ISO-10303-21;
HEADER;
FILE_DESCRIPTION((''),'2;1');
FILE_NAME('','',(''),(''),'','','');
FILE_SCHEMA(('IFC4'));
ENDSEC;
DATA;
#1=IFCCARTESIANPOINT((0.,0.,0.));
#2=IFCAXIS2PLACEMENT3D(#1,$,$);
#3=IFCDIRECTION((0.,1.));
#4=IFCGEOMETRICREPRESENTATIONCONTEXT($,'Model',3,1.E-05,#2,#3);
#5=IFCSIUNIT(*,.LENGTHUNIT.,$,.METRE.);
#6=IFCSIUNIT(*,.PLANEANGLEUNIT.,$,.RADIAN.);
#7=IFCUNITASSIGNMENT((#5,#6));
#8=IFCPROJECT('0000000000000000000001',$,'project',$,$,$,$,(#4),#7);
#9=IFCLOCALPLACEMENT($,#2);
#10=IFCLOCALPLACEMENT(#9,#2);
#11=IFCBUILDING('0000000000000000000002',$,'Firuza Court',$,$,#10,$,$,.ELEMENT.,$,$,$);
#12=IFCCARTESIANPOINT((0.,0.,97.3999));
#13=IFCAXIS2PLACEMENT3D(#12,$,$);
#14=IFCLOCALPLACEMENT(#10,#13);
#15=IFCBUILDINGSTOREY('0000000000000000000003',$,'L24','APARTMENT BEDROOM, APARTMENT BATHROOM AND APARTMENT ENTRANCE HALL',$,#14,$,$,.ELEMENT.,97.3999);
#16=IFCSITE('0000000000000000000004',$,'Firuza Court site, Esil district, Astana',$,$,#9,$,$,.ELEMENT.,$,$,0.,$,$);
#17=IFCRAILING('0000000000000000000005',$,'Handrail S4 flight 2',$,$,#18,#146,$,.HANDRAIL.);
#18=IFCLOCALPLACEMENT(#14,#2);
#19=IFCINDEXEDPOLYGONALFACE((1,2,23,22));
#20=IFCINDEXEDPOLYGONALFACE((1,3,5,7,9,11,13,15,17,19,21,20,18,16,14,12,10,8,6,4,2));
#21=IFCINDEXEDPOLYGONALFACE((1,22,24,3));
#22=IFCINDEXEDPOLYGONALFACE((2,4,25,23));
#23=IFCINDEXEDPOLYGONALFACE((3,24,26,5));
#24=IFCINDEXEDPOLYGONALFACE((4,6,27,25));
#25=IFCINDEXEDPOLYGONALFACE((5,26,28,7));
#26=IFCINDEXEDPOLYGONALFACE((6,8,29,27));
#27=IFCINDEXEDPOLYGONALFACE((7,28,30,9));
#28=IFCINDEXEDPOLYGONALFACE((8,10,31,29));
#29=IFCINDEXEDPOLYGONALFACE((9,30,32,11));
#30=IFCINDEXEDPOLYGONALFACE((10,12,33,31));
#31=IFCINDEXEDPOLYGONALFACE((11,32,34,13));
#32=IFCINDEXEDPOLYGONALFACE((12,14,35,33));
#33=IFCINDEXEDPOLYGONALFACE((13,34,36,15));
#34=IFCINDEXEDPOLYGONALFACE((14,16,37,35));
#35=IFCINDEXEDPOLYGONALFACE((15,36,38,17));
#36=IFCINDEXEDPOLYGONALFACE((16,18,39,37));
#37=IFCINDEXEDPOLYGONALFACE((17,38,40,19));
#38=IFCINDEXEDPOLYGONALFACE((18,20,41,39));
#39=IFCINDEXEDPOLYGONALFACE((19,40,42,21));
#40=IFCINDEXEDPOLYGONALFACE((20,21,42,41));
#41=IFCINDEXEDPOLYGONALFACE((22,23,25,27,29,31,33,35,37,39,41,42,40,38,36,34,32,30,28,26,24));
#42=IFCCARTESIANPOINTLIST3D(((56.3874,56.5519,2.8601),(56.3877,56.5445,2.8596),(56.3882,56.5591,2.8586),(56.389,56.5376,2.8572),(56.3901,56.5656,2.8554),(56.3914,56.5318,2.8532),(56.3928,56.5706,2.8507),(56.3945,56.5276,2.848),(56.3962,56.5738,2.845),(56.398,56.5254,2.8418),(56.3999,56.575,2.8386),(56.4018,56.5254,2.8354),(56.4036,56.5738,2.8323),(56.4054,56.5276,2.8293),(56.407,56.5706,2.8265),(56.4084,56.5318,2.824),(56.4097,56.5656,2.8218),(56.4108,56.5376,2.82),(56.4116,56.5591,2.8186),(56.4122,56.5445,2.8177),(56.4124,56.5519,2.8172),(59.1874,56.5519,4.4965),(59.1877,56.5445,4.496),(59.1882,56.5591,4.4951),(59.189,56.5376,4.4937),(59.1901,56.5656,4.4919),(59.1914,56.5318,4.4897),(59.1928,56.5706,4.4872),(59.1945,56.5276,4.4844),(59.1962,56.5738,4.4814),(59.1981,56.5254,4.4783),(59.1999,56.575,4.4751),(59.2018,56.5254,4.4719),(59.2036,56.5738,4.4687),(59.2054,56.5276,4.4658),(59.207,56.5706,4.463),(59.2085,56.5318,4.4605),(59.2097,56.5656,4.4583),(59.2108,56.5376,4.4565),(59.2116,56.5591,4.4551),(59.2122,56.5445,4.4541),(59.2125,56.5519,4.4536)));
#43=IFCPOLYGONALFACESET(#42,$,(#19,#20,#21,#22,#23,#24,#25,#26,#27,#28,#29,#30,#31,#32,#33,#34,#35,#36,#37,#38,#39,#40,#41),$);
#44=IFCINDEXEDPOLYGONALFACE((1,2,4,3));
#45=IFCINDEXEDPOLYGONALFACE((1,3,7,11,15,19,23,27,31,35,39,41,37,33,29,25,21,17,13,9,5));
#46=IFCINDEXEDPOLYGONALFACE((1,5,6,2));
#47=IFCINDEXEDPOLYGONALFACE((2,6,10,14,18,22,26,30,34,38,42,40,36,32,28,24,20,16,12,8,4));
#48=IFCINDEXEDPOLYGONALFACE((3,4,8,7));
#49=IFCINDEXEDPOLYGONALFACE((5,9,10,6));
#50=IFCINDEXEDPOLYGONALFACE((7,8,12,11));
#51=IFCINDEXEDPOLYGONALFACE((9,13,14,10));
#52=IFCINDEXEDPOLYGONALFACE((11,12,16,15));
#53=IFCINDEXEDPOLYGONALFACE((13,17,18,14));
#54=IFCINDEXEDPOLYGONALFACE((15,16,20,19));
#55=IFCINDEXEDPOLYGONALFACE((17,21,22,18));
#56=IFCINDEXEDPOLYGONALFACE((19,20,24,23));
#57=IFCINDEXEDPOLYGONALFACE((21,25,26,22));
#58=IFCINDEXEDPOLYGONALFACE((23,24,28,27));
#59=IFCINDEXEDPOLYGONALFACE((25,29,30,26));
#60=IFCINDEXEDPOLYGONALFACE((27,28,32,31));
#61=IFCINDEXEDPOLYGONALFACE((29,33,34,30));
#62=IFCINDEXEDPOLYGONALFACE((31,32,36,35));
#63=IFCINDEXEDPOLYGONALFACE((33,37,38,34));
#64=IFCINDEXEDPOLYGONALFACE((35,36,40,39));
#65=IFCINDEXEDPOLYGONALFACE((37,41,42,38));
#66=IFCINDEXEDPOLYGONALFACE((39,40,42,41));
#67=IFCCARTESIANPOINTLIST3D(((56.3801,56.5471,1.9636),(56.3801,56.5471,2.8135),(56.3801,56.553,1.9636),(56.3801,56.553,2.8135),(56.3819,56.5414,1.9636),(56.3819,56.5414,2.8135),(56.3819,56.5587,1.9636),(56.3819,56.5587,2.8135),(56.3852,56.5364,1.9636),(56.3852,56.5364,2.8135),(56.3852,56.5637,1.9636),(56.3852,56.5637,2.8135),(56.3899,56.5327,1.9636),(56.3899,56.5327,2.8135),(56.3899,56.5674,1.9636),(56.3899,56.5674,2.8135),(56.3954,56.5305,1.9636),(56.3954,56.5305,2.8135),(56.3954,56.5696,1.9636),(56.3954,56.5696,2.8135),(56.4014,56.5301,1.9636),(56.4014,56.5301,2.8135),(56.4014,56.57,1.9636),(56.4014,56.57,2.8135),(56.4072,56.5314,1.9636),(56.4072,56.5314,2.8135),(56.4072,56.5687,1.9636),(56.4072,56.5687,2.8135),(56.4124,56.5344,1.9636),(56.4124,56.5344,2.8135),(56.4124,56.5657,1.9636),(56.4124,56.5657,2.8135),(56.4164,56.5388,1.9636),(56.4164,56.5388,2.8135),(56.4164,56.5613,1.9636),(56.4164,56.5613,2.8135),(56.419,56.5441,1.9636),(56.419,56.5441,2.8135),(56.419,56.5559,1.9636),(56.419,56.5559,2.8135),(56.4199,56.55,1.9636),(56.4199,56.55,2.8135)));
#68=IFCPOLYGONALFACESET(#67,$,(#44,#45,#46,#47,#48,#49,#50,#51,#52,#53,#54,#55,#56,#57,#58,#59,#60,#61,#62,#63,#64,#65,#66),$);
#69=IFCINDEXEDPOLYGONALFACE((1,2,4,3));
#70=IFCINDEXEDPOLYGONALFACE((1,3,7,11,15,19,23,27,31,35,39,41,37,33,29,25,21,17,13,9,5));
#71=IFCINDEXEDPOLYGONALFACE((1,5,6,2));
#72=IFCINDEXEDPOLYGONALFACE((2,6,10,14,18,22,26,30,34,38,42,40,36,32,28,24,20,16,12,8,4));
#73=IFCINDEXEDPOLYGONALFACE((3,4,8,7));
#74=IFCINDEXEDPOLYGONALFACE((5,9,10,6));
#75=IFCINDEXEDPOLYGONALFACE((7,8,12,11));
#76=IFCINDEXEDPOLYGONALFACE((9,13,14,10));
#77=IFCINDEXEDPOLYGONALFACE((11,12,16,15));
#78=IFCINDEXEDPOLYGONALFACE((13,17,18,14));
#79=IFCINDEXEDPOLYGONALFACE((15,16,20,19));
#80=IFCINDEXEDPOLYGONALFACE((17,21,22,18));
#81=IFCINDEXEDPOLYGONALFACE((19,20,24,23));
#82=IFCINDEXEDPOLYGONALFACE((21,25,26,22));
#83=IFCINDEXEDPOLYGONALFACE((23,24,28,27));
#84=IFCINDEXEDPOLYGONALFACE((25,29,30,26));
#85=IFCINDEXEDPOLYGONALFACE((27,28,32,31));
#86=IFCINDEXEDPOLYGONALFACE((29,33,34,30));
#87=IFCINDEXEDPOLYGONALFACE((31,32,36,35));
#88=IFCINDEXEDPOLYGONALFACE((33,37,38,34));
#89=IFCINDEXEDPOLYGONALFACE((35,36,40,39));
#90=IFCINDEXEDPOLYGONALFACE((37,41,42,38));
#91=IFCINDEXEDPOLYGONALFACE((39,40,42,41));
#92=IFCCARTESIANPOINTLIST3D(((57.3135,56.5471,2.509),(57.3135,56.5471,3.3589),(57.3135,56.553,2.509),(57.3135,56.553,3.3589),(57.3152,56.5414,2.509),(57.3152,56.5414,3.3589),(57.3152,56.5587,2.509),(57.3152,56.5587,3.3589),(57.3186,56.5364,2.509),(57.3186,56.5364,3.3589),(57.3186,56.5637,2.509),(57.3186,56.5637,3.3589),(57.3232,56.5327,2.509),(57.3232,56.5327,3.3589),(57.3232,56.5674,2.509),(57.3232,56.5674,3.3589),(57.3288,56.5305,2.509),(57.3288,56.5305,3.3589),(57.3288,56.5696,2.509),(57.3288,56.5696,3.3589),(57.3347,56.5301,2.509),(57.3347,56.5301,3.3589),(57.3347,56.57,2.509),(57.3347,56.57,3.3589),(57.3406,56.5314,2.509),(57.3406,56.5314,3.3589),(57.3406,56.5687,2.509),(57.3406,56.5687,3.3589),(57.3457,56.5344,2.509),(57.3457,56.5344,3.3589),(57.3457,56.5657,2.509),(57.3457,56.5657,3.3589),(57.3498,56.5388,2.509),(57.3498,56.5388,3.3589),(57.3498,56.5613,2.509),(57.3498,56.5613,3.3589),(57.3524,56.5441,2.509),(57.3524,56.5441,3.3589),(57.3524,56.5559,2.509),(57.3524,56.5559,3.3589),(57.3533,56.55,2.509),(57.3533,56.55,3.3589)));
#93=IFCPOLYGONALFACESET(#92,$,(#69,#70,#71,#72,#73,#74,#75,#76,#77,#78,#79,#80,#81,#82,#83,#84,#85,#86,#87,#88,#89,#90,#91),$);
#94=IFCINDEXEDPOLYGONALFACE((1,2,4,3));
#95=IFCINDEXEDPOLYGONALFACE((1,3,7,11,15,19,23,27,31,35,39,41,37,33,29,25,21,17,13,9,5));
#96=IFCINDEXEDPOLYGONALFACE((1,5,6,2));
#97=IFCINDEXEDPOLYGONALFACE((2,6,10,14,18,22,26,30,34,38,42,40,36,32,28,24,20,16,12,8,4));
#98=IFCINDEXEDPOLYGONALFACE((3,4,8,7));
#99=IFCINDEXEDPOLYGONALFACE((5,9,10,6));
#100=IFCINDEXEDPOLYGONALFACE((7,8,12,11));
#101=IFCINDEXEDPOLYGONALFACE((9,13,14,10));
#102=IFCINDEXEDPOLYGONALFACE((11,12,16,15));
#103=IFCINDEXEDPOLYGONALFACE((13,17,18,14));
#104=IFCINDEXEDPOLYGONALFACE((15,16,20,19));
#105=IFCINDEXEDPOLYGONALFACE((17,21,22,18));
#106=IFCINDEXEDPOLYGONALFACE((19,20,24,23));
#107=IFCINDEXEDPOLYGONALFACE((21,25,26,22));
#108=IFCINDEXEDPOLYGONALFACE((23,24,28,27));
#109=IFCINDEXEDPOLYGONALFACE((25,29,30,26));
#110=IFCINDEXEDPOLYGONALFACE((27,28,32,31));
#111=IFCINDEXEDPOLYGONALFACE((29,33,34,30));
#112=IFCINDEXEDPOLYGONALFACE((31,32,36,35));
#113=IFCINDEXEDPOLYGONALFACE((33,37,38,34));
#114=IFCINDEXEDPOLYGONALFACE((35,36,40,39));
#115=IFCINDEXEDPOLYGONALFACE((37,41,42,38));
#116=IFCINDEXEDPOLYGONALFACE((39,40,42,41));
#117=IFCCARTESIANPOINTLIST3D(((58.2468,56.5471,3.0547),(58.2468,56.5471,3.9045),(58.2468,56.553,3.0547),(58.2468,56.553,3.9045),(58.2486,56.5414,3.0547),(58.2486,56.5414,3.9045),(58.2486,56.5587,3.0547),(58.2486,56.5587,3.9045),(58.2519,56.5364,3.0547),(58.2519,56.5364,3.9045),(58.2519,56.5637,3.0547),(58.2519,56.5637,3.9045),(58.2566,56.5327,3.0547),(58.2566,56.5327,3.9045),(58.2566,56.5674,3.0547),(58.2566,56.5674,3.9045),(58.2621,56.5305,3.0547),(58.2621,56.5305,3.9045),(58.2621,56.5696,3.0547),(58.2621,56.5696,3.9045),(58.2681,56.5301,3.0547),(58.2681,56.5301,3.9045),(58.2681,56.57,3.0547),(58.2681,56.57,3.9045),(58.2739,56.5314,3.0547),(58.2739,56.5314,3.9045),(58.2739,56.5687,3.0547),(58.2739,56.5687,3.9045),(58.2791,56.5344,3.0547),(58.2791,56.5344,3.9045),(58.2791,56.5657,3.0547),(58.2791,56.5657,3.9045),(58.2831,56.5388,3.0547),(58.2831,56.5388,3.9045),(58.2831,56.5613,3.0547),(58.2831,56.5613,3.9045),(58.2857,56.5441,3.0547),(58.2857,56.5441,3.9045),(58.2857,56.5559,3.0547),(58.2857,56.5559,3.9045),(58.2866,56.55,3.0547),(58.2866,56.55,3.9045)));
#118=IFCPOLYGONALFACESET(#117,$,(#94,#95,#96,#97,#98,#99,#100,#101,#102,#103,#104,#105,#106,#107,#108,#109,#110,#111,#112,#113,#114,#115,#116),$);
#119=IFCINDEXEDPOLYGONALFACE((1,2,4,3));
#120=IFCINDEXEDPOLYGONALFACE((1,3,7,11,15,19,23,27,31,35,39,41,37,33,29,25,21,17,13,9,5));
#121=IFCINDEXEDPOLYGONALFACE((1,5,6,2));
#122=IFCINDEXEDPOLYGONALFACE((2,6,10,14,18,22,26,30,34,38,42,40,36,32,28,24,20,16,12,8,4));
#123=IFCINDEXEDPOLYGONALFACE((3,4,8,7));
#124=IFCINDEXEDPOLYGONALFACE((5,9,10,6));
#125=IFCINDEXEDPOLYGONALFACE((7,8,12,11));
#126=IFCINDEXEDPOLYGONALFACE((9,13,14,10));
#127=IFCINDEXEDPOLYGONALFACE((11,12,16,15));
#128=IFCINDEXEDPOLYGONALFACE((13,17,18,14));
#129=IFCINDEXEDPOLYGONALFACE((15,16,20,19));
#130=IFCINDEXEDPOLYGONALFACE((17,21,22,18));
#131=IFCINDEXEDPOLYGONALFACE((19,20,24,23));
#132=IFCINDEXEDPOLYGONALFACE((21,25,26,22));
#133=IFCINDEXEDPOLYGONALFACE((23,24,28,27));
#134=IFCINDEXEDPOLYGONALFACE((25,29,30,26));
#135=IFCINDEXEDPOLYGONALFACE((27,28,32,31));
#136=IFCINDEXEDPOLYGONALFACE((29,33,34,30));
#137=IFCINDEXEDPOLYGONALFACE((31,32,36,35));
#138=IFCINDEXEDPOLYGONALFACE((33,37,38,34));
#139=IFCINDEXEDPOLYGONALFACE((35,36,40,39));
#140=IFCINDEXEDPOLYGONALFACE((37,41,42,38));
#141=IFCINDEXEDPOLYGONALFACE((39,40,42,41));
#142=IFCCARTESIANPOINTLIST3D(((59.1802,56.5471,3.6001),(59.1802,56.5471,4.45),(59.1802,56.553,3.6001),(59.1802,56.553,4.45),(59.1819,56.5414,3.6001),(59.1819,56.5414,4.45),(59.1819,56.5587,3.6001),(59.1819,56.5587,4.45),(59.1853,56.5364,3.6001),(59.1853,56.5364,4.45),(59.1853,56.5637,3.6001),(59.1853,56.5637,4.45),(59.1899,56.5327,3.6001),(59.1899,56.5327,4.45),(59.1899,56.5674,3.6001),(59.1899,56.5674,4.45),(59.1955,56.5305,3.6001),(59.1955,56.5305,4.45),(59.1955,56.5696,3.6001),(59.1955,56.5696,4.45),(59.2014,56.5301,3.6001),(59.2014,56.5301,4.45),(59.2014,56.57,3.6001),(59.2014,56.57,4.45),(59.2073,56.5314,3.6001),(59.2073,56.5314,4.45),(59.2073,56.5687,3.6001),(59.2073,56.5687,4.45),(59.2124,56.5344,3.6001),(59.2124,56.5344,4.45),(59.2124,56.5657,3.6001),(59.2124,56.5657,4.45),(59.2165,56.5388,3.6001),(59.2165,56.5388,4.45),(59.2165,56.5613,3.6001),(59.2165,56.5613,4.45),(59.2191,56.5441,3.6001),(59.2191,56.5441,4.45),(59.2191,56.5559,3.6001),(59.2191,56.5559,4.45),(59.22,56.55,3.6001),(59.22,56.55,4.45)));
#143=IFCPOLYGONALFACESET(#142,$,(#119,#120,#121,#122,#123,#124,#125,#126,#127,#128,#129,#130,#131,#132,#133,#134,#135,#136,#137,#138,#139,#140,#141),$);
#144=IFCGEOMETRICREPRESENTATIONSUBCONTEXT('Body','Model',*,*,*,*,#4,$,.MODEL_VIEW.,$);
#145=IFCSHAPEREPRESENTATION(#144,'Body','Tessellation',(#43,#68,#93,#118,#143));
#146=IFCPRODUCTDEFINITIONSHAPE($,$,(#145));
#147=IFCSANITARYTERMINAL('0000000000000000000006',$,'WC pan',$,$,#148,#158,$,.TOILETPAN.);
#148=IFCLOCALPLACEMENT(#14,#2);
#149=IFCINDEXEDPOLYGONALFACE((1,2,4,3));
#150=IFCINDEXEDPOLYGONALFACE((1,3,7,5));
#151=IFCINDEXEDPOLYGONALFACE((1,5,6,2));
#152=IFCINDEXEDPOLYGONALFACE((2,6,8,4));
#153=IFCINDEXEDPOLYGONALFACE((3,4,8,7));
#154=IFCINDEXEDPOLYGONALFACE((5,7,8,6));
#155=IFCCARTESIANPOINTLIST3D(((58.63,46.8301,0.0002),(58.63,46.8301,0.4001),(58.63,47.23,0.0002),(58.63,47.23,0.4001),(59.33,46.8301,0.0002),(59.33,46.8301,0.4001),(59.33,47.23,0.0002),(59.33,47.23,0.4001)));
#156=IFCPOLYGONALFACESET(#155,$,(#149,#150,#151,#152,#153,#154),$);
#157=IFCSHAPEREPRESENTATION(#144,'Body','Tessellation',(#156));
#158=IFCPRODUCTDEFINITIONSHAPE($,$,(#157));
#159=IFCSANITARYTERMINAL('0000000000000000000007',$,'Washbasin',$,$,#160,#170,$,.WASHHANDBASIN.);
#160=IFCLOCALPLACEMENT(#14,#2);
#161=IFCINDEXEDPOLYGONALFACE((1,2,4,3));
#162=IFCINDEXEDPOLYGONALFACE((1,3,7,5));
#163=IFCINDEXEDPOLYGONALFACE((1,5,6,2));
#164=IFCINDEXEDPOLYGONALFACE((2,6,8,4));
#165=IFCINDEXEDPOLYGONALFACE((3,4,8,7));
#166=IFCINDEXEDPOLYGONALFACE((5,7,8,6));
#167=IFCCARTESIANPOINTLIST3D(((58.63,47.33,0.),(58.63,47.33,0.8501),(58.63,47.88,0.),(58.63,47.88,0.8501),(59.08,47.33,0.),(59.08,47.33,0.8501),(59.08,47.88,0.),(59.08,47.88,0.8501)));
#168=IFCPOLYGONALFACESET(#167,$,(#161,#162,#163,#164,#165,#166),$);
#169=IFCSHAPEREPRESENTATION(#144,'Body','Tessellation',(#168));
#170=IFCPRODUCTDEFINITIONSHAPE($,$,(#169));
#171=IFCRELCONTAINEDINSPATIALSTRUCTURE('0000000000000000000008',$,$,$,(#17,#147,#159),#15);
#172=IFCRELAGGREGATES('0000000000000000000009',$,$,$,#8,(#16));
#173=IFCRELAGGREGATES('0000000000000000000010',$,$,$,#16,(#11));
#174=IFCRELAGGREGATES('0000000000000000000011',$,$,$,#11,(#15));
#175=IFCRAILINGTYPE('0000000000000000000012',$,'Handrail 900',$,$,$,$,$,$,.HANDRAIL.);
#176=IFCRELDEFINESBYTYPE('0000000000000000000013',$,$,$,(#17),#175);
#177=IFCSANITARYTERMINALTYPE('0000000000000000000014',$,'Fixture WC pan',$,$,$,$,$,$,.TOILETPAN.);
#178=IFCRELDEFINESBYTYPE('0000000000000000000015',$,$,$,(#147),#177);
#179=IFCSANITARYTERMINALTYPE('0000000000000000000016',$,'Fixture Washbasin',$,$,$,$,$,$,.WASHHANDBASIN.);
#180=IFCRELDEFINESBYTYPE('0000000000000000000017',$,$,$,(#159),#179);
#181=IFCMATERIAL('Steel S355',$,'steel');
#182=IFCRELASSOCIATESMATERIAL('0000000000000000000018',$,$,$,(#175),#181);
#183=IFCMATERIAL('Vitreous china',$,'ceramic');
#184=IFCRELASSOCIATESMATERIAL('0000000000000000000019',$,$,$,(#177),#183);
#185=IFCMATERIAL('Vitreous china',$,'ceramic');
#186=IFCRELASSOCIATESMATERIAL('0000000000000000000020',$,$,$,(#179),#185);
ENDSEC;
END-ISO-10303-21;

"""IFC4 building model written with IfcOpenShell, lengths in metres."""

from ifc_helpers import new_model, si_unit, direction, frame, origin, origin_2d, place, context, subcontext, project, spatial, rectangle, circle, extrude, material, type_object, element, save


model = new_model("IFC4")

# Units and contexts
model_context = context("Model", 3, precision=1e-05, world=origin(), true_north=direction((0.0, 1.0)))
body_context = subcontext(model_context, "Body", "Model", "MODEL_VIEW")
ifc_project = project(units=[si_unit("LENGTHUNIT", "METRE"), si_unit("PLANEANGLEUNIT", "RADIAN")], contexts=[model_context])

# Site, building, storey
site_placement = place(None, origin())
site = spatial("IfcSite", under=ifc_project, at=site_placement, Name="Firuza Court site, Esil district, Astana", CompositionType="ELEMENT", RefElevation=0.0)
building_placement = place(site_placement, origin())
building = spatial("IfcBuilding", under=site, at=building_placement, Name="Firuza Court", CompositionType="ELEMENT")
storey_placement = place(building_placement, frame((0.0, 0.0, 97.3999)))
storey = spatial("IfcBuildingStorey", under=building, at=storey_placement, Name="L24", Description="APARTMENT BEDROOM, APARTMENT BATHROOM AND APARTMENT ENTRANCE HALL", CompositionType="ELEMENT", Elevation=97.3999)

# Railing
ifc_material_1 = material(Name="Steel S355", Category="steel")
railing_type_1 = type_object("IfcRailingType", Name="Handrail 900", PredefinedType="HANDRAIL", material=ifc_material_1)
railing_1_placement = place(storey_placement, frame((56.3999, 56.55, 1.9636)))
element("IfcRailing", 1, at=railing_1_placement, inside=storey, type_object=railing_type_1, Name="Handrail S4 flight 2", PredefinedType="HANDRAIL", context=body_context, shape_type="SweptSolid", body=[
    extrude(circle(Radius=0.0249, at=origin_2d()), frame((0.0, 0.0, 0.875), z_axis=(0.863361, 0.0, 0.504587), x_axis=(0.0, 1.0, 0.0)), (0.0, 0.0, 1.0), 3.2432),
    extrude(circle(Radius=0.02, at=origin_2d()), origin(), (0.0, 0.0, 1.0), 0.8499),
    extrude(circle(Radius=0.02, at=origin_2d()), frame((0.9333, 0.0, 0.5454)), (0.0, 0.0, 1.0), 0.8499),
    extrude(circle(Radius=0.02, at=origin_2d()), frame((1.8667, 0.0, 1.0911)), (0.0, 0.0, 1.0), 0.8499),
    extrude(circle(Radius=0.02, at=origin_2d()), frame((2.8, 0.0, 1.6365)), (0.0, 0.0, 1.0), 0.8499),
])

# Sanitary terminals
ifc_material_2 = material(Name="Vitreous china", Category="ceramic")
sanitary_terminal_type_1 = type_object("IfcSanitaryTerminalType", Name="Fixture WC pan", PredefinedType="TOILETPAN", material=ifc_material_2)
sanitary_terminal_1_placement = place(storey_placement, frame((58.98, 47.03, 0.0002), z_axis=(0.0, 0.0, 1.0), x_axis=(1.0, 0.0, 0.0)))
element("IfcSanitaryTerminal", 2, at=sanitary_terminal_1_placement, inside=storey, type_object=sanitary_terminal_type_1, Name="WC pan", PredefinedType="TOILETPAN", context=body_context, shape_type="SweptSolid", body=[
    extrude(rectangle(XDim=0.7, YDim=0.3999, at=origin_2d()), origin(), (0.0, 0.0, 1.0), 0.3999),
])
ifc_material_3 = material(Name="Vitreous china", Category="ceramic")
sanitary_terminal_type_2 = type_object("IfcSanitaryTerminalType", Name="Fixture Washbasin", PredefinedType="WASHHANDBASIN", material=ifc_material_3)
sanitary_terminal_2_placement = place(storey_placement, frame((58.855, 47.605, 0.0), z_axis=(0.0, 0.0, 1.0), x_axis=(1.0, 0.0, 0.0)))
element("IfcSanitaryTerminal", 3, at=sanitary_terminal_2_placement, inside=storey, type_object=sanitary_terminal_type_2, Name="Washbasin", PredefinedType="WASHHANDBASIN", context=body_context, shape_type="SweptSolid", body=[
    extrude(rectangle(XDim=0.45, YDim=0.55, at=origin_2d()), origin(), (0.0, 0.0, 1.0), 0.8501),
])

save(model, "model.ifc")
